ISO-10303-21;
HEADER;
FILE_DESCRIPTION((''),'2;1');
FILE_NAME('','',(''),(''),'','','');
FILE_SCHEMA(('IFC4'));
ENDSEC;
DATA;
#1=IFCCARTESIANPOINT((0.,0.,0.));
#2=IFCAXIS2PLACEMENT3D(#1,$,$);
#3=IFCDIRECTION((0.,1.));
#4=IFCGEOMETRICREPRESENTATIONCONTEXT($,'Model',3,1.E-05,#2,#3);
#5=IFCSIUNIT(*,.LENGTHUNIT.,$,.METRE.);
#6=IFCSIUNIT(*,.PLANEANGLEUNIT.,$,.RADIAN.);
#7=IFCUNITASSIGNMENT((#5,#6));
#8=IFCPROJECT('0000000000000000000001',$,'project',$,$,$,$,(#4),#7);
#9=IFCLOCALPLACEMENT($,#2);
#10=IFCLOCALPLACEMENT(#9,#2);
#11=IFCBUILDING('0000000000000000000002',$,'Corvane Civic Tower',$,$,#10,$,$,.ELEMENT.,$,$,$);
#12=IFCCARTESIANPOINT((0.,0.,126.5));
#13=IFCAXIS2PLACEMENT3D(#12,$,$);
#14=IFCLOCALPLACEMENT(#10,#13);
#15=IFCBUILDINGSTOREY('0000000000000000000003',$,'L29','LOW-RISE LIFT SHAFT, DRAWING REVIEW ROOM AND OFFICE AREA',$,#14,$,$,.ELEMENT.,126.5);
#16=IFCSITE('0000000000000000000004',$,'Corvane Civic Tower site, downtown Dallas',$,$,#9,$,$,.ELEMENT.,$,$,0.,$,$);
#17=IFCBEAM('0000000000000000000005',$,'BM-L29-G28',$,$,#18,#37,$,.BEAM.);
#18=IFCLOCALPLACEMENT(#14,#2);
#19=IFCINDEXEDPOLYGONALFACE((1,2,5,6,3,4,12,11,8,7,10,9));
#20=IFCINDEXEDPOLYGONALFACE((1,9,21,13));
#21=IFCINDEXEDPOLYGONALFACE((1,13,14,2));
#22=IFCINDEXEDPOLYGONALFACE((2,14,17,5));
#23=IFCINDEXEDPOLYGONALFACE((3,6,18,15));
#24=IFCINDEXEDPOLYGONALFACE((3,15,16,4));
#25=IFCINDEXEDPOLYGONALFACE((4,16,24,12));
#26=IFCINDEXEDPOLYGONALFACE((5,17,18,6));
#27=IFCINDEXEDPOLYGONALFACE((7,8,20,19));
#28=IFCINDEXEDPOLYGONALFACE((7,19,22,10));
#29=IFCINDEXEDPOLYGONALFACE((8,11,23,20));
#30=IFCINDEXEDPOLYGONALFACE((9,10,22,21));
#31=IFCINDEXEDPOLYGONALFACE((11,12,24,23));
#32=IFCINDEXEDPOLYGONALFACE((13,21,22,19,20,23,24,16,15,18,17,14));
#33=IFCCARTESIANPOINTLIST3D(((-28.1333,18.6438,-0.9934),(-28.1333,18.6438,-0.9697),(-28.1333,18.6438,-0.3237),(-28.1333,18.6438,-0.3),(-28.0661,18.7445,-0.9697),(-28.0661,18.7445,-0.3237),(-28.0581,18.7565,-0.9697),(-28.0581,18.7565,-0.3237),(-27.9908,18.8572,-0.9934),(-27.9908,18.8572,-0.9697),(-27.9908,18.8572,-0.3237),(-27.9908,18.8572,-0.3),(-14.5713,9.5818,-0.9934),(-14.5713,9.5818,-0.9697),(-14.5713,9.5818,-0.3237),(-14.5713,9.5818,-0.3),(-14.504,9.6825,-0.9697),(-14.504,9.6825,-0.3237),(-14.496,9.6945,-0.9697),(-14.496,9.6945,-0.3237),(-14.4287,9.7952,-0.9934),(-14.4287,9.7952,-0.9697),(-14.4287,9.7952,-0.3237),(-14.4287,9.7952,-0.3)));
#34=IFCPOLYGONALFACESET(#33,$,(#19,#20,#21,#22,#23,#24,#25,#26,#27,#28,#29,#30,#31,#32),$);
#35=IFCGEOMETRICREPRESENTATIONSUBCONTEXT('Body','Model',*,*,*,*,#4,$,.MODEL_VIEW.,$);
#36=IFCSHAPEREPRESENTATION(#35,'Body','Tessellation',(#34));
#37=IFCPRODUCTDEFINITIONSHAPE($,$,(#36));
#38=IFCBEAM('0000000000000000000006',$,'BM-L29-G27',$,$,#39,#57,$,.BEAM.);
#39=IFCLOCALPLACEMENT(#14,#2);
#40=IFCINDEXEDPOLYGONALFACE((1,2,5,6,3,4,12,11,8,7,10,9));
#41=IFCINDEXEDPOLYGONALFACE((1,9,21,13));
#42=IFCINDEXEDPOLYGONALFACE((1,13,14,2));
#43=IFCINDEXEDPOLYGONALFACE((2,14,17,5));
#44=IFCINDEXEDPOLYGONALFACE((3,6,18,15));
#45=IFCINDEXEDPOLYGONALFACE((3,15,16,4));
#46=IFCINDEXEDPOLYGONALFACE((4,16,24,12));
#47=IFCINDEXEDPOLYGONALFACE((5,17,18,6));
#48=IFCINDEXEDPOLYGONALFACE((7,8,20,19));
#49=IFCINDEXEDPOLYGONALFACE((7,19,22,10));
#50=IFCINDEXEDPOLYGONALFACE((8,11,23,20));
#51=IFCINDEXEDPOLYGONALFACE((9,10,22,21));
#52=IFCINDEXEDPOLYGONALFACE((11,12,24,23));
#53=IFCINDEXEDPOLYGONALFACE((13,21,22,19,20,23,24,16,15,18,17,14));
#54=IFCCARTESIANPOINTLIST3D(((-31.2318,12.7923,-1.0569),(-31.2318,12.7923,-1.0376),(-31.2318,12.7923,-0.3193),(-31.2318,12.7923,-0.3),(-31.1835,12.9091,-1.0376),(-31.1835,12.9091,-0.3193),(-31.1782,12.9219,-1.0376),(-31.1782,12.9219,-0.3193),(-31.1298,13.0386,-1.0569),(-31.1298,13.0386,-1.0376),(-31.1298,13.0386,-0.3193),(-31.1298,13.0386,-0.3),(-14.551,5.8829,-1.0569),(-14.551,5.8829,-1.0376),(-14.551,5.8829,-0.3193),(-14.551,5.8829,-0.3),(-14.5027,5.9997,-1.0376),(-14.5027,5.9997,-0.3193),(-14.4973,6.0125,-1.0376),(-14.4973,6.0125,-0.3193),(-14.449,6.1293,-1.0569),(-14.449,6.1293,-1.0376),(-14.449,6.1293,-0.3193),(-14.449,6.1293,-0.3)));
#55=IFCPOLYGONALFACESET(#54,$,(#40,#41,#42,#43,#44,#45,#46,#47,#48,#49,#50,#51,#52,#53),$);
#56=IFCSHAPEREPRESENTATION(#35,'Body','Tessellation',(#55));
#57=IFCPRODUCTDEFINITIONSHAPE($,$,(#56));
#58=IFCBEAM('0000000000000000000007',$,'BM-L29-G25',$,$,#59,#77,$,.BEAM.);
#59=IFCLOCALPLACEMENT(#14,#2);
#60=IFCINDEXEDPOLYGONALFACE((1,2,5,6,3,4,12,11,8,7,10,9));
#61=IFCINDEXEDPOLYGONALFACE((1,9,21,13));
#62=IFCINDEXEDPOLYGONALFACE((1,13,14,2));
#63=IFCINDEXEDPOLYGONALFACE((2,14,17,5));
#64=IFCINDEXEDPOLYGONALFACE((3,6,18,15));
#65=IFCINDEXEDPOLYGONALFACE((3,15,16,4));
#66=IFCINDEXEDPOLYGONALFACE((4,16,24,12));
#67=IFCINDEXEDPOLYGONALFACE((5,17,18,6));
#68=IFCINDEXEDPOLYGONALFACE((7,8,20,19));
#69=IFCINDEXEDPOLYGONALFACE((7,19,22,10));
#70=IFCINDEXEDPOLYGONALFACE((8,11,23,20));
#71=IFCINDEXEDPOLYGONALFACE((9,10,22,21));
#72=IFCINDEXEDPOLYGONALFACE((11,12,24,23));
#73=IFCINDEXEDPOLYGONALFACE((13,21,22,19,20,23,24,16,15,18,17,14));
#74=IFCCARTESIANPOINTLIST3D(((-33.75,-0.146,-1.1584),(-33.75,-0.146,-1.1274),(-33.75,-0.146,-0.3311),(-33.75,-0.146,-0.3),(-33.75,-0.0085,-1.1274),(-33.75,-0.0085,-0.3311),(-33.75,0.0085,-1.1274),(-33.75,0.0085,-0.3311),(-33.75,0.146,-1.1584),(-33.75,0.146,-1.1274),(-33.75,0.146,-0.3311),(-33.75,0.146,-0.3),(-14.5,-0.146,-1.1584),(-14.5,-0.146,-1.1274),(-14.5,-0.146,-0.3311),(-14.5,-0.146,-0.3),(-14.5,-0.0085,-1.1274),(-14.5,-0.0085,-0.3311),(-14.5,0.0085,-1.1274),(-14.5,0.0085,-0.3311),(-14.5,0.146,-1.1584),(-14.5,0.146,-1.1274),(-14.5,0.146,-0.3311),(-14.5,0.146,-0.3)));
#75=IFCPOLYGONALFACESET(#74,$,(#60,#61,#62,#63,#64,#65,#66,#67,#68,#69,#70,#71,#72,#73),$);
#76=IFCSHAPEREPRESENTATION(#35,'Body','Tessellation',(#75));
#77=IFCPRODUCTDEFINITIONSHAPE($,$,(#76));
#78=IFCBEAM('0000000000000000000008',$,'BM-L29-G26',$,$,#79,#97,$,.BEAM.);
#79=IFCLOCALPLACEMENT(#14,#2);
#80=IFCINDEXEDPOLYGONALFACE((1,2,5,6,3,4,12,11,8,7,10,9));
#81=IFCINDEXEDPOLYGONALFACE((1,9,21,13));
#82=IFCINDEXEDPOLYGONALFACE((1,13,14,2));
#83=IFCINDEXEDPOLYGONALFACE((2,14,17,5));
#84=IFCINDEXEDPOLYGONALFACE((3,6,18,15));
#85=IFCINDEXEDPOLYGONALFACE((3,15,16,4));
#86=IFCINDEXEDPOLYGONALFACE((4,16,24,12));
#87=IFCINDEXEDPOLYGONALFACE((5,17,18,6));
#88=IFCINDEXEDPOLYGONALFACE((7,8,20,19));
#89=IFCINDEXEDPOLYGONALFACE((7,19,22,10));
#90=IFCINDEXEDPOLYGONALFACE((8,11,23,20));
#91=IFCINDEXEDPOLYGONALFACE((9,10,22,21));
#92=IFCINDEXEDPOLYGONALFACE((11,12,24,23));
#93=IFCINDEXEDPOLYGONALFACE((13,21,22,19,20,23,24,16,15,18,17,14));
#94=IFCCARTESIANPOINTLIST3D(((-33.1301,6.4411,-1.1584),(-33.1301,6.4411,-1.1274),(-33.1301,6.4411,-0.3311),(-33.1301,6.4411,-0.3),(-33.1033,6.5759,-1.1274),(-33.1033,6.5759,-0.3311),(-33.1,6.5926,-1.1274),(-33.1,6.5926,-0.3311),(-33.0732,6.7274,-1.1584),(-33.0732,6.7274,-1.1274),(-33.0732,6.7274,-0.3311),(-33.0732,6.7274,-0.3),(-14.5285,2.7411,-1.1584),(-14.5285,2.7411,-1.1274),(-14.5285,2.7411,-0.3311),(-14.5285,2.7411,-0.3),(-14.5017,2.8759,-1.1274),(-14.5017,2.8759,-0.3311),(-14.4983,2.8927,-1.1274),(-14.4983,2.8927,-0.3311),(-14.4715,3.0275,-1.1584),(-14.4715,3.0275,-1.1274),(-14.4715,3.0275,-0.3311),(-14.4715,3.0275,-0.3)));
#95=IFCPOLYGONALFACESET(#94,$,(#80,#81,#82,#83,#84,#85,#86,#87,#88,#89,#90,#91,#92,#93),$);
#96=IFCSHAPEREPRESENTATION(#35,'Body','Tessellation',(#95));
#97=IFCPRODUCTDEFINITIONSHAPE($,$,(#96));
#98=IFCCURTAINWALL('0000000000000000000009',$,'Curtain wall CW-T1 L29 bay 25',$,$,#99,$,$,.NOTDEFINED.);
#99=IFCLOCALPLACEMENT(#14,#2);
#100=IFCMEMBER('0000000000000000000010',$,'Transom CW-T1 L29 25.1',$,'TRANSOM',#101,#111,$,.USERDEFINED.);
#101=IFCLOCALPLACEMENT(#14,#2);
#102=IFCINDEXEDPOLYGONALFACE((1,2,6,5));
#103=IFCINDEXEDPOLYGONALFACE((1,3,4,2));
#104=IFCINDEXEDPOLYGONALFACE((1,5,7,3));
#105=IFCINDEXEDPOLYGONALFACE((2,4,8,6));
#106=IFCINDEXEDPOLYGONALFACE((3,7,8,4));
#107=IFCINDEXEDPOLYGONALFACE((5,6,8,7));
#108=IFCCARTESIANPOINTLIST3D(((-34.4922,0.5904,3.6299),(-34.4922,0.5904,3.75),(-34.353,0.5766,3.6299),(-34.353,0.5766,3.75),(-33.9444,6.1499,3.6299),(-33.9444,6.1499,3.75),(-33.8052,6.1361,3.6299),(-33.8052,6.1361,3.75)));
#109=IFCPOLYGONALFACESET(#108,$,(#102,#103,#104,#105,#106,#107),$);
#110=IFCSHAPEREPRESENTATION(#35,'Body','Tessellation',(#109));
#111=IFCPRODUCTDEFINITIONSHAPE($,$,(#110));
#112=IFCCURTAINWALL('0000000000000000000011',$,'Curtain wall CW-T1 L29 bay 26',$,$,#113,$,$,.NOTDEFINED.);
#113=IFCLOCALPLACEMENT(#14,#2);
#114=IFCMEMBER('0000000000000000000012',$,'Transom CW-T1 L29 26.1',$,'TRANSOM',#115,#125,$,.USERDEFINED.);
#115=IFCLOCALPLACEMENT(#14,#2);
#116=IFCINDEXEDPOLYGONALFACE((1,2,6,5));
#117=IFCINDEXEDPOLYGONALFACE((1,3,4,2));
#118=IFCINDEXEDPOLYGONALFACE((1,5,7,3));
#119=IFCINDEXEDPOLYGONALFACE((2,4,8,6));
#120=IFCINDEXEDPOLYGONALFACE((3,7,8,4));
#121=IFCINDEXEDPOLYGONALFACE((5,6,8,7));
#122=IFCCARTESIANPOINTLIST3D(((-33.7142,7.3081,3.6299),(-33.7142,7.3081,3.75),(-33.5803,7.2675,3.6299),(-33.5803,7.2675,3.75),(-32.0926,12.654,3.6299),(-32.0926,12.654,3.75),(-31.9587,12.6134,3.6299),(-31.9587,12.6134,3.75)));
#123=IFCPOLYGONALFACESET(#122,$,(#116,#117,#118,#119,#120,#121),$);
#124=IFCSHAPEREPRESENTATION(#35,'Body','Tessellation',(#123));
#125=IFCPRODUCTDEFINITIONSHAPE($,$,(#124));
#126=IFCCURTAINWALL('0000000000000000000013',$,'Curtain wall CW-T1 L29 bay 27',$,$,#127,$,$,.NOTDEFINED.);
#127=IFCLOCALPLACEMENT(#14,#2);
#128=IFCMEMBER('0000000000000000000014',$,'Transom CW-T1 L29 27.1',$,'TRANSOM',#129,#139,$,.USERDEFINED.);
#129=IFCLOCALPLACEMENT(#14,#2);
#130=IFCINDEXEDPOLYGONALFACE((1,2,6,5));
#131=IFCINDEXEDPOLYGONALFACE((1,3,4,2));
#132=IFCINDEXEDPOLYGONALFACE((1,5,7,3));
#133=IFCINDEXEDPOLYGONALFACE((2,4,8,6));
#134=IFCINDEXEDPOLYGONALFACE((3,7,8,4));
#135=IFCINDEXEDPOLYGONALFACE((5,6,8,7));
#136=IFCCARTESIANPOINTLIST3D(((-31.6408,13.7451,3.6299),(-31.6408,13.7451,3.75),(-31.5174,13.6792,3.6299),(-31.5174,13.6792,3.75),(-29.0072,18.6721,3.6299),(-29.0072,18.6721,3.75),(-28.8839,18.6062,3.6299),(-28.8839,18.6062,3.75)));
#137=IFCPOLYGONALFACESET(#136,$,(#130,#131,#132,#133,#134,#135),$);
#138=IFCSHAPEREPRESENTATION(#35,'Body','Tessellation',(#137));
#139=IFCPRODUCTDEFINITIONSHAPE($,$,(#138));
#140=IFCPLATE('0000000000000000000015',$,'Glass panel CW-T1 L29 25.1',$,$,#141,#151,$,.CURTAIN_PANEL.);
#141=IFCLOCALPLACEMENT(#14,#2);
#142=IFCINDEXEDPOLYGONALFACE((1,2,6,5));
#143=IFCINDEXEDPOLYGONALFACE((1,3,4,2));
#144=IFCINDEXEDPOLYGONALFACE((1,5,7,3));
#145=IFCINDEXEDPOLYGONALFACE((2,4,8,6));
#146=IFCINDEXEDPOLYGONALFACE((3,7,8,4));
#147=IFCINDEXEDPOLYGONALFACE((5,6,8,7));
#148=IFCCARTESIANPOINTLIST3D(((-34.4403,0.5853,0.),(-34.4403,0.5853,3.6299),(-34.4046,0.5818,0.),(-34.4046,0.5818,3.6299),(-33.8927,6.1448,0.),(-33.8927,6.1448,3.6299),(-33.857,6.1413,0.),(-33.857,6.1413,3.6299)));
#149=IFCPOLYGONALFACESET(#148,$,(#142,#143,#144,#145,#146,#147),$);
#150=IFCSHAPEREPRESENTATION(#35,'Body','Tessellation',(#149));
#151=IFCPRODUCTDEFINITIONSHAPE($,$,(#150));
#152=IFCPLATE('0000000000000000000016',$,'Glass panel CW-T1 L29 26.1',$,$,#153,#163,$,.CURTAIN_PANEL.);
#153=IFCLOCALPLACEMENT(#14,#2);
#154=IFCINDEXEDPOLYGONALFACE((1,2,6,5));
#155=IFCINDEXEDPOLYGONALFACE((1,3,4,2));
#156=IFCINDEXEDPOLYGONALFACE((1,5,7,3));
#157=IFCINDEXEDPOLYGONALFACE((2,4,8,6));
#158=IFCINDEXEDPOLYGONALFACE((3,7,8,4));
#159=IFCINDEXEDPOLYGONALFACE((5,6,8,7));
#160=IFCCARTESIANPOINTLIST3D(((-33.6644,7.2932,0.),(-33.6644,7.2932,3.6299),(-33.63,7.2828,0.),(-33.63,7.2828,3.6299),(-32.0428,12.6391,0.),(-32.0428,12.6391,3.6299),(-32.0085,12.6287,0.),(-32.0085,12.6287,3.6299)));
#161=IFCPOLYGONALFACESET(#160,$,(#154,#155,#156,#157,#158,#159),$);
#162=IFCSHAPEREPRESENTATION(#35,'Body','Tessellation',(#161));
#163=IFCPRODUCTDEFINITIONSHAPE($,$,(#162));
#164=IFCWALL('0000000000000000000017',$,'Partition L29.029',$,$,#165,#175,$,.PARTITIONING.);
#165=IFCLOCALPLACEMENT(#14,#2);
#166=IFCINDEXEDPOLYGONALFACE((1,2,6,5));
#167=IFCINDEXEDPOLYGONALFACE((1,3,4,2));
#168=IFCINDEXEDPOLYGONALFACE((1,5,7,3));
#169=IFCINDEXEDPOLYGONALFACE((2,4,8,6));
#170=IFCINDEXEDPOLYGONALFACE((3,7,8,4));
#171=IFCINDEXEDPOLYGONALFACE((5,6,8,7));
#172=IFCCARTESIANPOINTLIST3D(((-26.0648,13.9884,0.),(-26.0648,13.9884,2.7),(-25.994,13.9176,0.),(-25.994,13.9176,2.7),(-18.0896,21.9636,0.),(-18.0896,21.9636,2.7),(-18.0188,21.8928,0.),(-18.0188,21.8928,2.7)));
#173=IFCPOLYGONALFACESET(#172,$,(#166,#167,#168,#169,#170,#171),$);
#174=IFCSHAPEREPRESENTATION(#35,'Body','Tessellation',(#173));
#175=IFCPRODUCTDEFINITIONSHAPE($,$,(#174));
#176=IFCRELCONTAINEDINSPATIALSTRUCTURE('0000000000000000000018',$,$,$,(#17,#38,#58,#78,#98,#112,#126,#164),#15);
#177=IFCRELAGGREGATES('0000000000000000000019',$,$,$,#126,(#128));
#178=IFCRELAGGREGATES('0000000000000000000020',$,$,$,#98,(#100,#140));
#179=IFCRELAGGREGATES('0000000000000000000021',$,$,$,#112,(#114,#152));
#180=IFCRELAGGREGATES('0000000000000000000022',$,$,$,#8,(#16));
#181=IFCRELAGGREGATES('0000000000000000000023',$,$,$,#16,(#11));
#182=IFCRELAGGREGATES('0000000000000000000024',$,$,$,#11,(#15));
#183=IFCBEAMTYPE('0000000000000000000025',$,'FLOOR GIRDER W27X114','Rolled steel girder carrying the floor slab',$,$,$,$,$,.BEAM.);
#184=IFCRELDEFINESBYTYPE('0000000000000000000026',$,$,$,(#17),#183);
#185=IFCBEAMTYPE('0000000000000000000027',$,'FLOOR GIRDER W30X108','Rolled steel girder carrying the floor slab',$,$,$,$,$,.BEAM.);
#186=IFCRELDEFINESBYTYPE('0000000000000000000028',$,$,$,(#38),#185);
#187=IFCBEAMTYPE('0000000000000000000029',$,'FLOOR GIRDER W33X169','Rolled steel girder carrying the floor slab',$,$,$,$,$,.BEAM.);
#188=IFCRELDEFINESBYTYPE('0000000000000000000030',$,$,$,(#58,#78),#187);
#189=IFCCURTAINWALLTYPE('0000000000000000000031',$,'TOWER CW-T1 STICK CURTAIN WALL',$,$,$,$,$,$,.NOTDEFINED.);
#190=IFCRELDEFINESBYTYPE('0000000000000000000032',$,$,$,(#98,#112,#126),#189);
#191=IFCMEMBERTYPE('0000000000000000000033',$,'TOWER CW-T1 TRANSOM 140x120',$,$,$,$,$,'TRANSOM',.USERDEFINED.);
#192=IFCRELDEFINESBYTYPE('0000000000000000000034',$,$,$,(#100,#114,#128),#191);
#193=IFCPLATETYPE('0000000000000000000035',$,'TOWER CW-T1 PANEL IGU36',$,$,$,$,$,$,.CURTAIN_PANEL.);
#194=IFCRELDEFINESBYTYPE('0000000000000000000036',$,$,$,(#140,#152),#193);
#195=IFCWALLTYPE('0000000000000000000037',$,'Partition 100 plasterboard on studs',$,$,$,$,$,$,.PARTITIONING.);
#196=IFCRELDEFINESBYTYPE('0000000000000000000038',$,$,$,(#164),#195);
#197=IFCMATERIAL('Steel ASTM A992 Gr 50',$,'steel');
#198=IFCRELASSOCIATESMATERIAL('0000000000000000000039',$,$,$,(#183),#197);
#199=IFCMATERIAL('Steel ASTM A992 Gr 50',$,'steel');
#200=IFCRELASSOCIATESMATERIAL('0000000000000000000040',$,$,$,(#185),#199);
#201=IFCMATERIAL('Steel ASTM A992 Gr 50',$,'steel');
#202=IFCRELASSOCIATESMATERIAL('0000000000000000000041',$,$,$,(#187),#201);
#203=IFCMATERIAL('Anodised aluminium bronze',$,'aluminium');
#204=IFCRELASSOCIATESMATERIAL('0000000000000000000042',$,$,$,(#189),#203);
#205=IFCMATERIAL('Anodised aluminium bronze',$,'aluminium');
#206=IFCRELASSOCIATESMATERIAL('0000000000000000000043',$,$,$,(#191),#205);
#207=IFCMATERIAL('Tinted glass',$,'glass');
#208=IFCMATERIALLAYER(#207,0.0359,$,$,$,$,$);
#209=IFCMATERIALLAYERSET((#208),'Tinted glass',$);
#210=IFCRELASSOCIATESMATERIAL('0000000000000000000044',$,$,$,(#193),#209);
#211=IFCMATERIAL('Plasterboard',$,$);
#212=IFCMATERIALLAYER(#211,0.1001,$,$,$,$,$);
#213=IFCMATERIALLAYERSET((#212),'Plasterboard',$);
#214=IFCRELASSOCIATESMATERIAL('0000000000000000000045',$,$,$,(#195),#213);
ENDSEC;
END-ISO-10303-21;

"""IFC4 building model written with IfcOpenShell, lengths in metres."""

from ifc_helpers import new_model, si_unit, direction, frame, frame_2d, origin, origin_2d, place, context, subcontext, project, spatial, rectangle, i_section, extrude, material, layer, layer_set, material_profile, profile_set, type_object, element, aggregate, save


model = new_model("IFC4")

# Units and contexts
model_context = context("Model", 3, precision=1e-05, world=origin(), true_north=direction((0.0, 1.0)))
body_context = subcontext(model_context, "Body", "Model", "MODEL_VIEW")
ifc_project = project(units=[si_unit("LENGTHUNIT", "METRE"), si_unit("PLANEANGLEUNIT", "RADIAN")], contexts=[model_context])

# Site, building, storey
site_placement = place(None, origin())
site = spatial("IfcSite", under=ifc_project, at=site_placement, Name="Corvane Civic Tower site, downtown Dallas", CompositionType="ELEMENT", RefElevation=0.0)
building_placement = place(site_placement, origin())
building = spatial("IfcBuilding", under=site, at=building_placement, Name="Corvane Civic Tower", CompositionType="ELEMENT")
storey_placement = place(building_placement, frame((0.0, 0.0, 126.5)))
storey = spatial("IfcBuildingStorey", under=building, at=storey_placement, Name="L29", Description="LOW-RISE LIFT SHAFT, DRAWING REVIEW ROOM AND OFFICE AREA", CompositionType="ELEMENT", Elevation=126.5)

# Beams
ifc_material_1 = material(Name="Steel ASTM A992 Gr 50", Category="steel")
ifc_material_profile_1 = material_profile(ifc_material_1, i_section(OverallWidth=0.2566, OverallDepth=0.6934, WebThickness=0.0144, FlangeThickness=0.0237, at=origin_2d()), Name="W27X114")
ifc_profile_set_1 = profile_set([ifc_material_profile_1], Name="Steel ASTM A992 Gr 50")
beam_type_1 = type_object("IfcBeamType", Name="FLOOR GIRDER W27X114", Description="Rolled steel girder carrying the floor slab", PredefinedType="BEAM", material=ifc_profile_set_1)
beam_1_placement = place(storey_placement, frame((-14.5, 9.6885, -0.6467), z_axis=(-0.831465, 0.555577, 0.0), x_axis=(-0.555577, -0.831465, 0.0)))
element("IfcBeam", 1, at=beam_1_placement, inside=storey, type_object=beam_type_1, Name="BM-L29-G28", PredefinedType="BEAM", context=body_context, shape_type="SweptSolid", body=[
    extrude(i_section(OverallWidth=0.2566, OverallDepth=0.6934, WebThickness=0.0144, FlangeThickness=0.0237, at=origin_2d()), origin(), (0.0, 0.0, 1.0), 16.311),
])
ifc_material_2 = material(Name="Steel ASTM A992 Gr 50", Category="steel")
ifc_material_profile_2 = material_profile(ifc_material_2, i_section(OverallWidth=0.2666, OverallDepth=0.7568, WebThickness=0.0139, FlangeThickness=0.0193, at=origin_2d()), Name="W30X108")
ifc_profile_set_2 = profile_set([ifc_material_profile_2], Name="Steel ASTM A992 Gr 50")
beam_type_2 = type_object("IfcBeamType", Name="FLOOR GIRDER W30X108", Description="Rolled steel girder carrying the floor slab", PredefinedType="BEAM", material=ifc_profile_set_2)
beam_2_placement = place(storey_placement, frame((-14.5, 6.0061, -0.6785), z_axis=(-0.92388, 0.382682, 0.0), x_axis=(-0.382682, -0.92388, 0.0)))
element("IfcBeam", 2, at=beam_2_placement, inside=storey, type_object=beam_type_2, Name="BM-L29-G27", PredefinedType="BEAM", context=body_context, shape_type="SweptSolid", body=[
    extrude(i_section(OverallWidth=0.2666, OverallDepth=0.7568, WebThickness=0.0139, FlangeThickness=0.0193, at=origin_2d()), origin(), (0.0, 0.0, 1.0), 18.0552),
])
ifc_material_3 = material(Name="Steel ASTM A992 Gr 50", Category="steel")
ifc_material_profile_3 = material_profile(ifc_material_3, i_section(OverallWidth=0.292, OverallDepth=0.8584, WebThickness=0.0171, FlangeThickness=0.031, at=origin_2d()), Name="W33X169")
ifc_profile_set_3 = profile_set([ifc_material_profile_3], Name="Steel ASTM A992 Gr 50")
beam_type_3 = type_object("IfcBeamType", Name="FLOOR GIRDER W33X169", Description="Rolled steel girder carrying the floor slab", PredefinedType="BEAM", material=ifc_profile_set_3)
beam_3_placement = place(storey_placement, frame((-14.5, 0.0, -0.7292), z_axis=(-1.0, 0.0, 0.0), x_axis=(0.0, -1.0, 0.0)))
element("IfcBeam", 3, at=beam_3_placement, inside=storey, type_object=beam_type_3, Name="BM-L29-G25", PredefinedType="BEAM", context=body_context, shape_type="SweptSolid", body=[
    extrude(i_section(OverallWidth=0.292, OverallDepth=0.8584, WebThickness=0.0171, FlangeThickness=0.031, at=origin_2d()), origin(), (0.0, 0.0, 1.0), 19.25),
])
beam_4_placement = place(storey_placement, frame((-14.5, 2.8843, -0.7292), z_axis=(-0.980787, 0.195084, 0.0), x_axis=(-0.195084, -0.980787, 0.0)))
element("IfcBeam", 4, at=beam_4_placement, inside=storey, type_object=beam_type_3, Name="BM-L29-G26", PredefinedType="BEAM", context=body_context, shape_type="SweptSolid", body=[
    extrude(i_section(OverallWidth=0.292, OverallDepth=0.8584, WebThickness=0.0171, FlangeThickness=0.031, at=origin_2d()), origin(), (0.0, 0.0, 1.0), 18.9661),
])

# Curtain walls, members
ifc_material_4 = material(Name="Anodised aluminium bronze", Category="aluminium")
curtain_wall_type = type_object("IfcCurtainWallType", Name="TOWER CW-T1 STICK CURTAIN WALL", PredefinedType="NOTDEFINED", material=ifc_material_4)
curtain_wall_1_placement = place(storey_placement, origin())
curtain_wall_1 = element("IfcCurtainWall", 5, at=curtain_wall_1_placement, inside=storey, type_object=curtain_wall_type, Name="Curtain wall CW-T1 L29 bay 25", PredefinedType="NOTDEFINED")
ifc_material_5 = material(Name="Anodised aluminium bronze", Category="aluminium")
ifc_material_profile_4 = material_profile(ifc_material_5, rectangle(XDim=0.1399, YDim=0.1201, at=origin_2d()), Name="TOWER CW-T1 TRANSOM 140x120")
ifc_profile_set_4 = profile_set([ifc_material_profile_4], Name="Anodised aluminium bronze")
member_type = type_object("IfcMemberType", Name="TOWER CW-T1 TRANSOM 140x120", ElementType="TRANSOM", PredefinedType="USERDEFINED", material=ifc_profile_set_4)
member_1_placement = place(storey_placement, frame((-34.4226, 0.5835, 3.6899), z_axis=(0.098067, 0.99518, 0.0), x_axis=(-0.99518, 0.098067, 0.0)))
member_1 = element("IfcMember", 6, at=member_1_placement, type_object=member_type, Name="Transom CW-T1 L29 25.1", ObjectType="TRANSOM", PredefinedType="USERDEFINED", context=body_context, shape_type="SweptSolid", body=[
    extrude(rectangle(XDim=0.1399, YDim=0.1201, at=origin_2d()), origin(), (0.0, 0.0, 1.0), 5.5864),
])
curtain_wall_2_placement = place(storey_placement, origin())
curtain_wall_2 = element("IfcCurtainWall", 7, at=curtain_wall_2_placement, inside=storey, type_object=curtain_wall_type, Name="Curtain wall CW-T1 L29 bay 26", PredefinedType="NOTDEFINED")
member_2_placement = place(storey_placement, frame((-33.6472, 7.2878, 3.6899), z_axis=(0.290269, 0.956945, 0.0), x_axis=(-0.956945, 0.290269, 0.0)))
member_2 = element("IfcMember", 8, at=member_2_placement, type_object=member_type, Name="Transom CW-T1 L29 26.1", ObjectType="TRANSOM", PredefinedType="USERDEFINED", context=body_context, shape_type="SweptSolid", body=[
    extrude(rectangle(XDim=0.1399, YDim=0.1201, at=origin_2d()), origin(), (0.0, 0.0, 1.0), 5.5864),
])
curtain_wall_3_placement = place(storey_placement, origin())
curtain_wall_3 = element("IfcCurtainWall", 9, at=curtain_wall_3_placement, inside=storey, type_object=curtain_wall_type, Name="Curtain wall CW-T1 L29 bay 27", PredefinedType="NOTDEFINED")
member_3_placement = place(storey_placement, frame((-31.5791, 13.7122, 3.6899), z_axis=(0.471398, 0.881921, 0.0), x_axis=(-0.881921, 0.471398, 0.0)))
member_3 = element("IfcMember", 10, at=member_3_placement, type_object=member_type, Name="Transom CW-T1 L29 27.1", ObjectType="TRANSOM", PredefinedType="USERDEFINED", context=body_context, shape_type="SweptSolid", body=[
    extrude(rectangle(XDim=0.1399, YDim=0.1201, at=origin_2d()), origin(), (0.0, 0.0, 1.0), 5.5867),
])
aggregate(curtain_wall_3, [member_3])

# Plates
ifc_material_6 = material(Name="Tinted glass", Category="glass")
ifc_layer_1 = layer(ifc_material_6, 0.0359)
ifc_layer_set_1 = layer_set([ifc_layer_1], Name="Tinted glass")
plate_type = type_object("IfcPlateType", Name="TOWER CW-T1 PANEL IGU36", PredefinedType="CURTAIN_PANEL", material=ifc_layer_set_1)
plate_1_placement = place(storey_placement, frame((-34.1487, 3.3633, 0.0), z_axis=(0.0, 0.0, 1.0), x_axis=(0.098027, 0.995184, 0.0)))
plate_1 = element("IfcPlate", 11, at=plate_1_placement, type_object=plate_type, Name="Glass panel CW-T1 L29 25.1", PredefinedType="CURTAIN_PANEL", context=body_context, shape_type="SweptSolid", body=[
    extrude(rectangle(XDim=5.5864, YDim=0.0359, at=origin_2d()), origin(), (0.0, 0.0, 1.0), 3.6299),
])
aggregate(curtain_wall_1, [member_1, plate_1])
plate_2_placement = place(storey_placement, frame((-32.8364, 9.9609, 0.0), z_axis=(0.0, 0.0, 1.0), x_axis=(0.290266, 0.956946, 0.0)))
plate_2 = element("IfcPlate", 12, at=plate_2_placement, type_object=plate_type, Name="Glass panel CW-T1 L29 26.1", PredefinedType="CURTAIN_PANEL", context=body_context, shape_type="SweptSolid", body=[
    extrude(rectangle(XDim=5.5864, YDim=0.0359, at=origin_2d()), origin(), (0.0, 0.0, 1.0), 3.6299),
])
aggregate(curtain_wall_2, [member_2, plate_2])

# Wall
ifc_material_7 = material(Name="Plasterboard")
ifc_layer_2 = layer(ifc_material_7, 0.1001)
ifc_layer_set_2 = layer_set([ifc_layer_2], Name="Plasterboard")
wall_type = type_object("IfcWallType", Name="Partition 100 plasterboard on studs", PredefinedType="PARTITIONING", material=ifc_layer_set_2)
wall_placement = place(storey_placement, frame((-26.0293, 13.9531, 0.0), z_axis=(0.0, 0.0, 1.0), x_axis=(0.707107, 0.707107, 0.0)))
element("IfcWall", 13, at=wall_placement, inside=storey, type_object=wall_type, Name="Partition L29.029", PredefinedType="PARTITIONING", context=body_context, shape_type="SweptSolid", body=[
    extrude(rectangle(XDim=11.2786, YDim=0.1001, at=frame_2d((5.6392, 0.0))), origin(), (0.0, 0.0, 1.0), 2.7),
])

save(model, "model.ifc")
